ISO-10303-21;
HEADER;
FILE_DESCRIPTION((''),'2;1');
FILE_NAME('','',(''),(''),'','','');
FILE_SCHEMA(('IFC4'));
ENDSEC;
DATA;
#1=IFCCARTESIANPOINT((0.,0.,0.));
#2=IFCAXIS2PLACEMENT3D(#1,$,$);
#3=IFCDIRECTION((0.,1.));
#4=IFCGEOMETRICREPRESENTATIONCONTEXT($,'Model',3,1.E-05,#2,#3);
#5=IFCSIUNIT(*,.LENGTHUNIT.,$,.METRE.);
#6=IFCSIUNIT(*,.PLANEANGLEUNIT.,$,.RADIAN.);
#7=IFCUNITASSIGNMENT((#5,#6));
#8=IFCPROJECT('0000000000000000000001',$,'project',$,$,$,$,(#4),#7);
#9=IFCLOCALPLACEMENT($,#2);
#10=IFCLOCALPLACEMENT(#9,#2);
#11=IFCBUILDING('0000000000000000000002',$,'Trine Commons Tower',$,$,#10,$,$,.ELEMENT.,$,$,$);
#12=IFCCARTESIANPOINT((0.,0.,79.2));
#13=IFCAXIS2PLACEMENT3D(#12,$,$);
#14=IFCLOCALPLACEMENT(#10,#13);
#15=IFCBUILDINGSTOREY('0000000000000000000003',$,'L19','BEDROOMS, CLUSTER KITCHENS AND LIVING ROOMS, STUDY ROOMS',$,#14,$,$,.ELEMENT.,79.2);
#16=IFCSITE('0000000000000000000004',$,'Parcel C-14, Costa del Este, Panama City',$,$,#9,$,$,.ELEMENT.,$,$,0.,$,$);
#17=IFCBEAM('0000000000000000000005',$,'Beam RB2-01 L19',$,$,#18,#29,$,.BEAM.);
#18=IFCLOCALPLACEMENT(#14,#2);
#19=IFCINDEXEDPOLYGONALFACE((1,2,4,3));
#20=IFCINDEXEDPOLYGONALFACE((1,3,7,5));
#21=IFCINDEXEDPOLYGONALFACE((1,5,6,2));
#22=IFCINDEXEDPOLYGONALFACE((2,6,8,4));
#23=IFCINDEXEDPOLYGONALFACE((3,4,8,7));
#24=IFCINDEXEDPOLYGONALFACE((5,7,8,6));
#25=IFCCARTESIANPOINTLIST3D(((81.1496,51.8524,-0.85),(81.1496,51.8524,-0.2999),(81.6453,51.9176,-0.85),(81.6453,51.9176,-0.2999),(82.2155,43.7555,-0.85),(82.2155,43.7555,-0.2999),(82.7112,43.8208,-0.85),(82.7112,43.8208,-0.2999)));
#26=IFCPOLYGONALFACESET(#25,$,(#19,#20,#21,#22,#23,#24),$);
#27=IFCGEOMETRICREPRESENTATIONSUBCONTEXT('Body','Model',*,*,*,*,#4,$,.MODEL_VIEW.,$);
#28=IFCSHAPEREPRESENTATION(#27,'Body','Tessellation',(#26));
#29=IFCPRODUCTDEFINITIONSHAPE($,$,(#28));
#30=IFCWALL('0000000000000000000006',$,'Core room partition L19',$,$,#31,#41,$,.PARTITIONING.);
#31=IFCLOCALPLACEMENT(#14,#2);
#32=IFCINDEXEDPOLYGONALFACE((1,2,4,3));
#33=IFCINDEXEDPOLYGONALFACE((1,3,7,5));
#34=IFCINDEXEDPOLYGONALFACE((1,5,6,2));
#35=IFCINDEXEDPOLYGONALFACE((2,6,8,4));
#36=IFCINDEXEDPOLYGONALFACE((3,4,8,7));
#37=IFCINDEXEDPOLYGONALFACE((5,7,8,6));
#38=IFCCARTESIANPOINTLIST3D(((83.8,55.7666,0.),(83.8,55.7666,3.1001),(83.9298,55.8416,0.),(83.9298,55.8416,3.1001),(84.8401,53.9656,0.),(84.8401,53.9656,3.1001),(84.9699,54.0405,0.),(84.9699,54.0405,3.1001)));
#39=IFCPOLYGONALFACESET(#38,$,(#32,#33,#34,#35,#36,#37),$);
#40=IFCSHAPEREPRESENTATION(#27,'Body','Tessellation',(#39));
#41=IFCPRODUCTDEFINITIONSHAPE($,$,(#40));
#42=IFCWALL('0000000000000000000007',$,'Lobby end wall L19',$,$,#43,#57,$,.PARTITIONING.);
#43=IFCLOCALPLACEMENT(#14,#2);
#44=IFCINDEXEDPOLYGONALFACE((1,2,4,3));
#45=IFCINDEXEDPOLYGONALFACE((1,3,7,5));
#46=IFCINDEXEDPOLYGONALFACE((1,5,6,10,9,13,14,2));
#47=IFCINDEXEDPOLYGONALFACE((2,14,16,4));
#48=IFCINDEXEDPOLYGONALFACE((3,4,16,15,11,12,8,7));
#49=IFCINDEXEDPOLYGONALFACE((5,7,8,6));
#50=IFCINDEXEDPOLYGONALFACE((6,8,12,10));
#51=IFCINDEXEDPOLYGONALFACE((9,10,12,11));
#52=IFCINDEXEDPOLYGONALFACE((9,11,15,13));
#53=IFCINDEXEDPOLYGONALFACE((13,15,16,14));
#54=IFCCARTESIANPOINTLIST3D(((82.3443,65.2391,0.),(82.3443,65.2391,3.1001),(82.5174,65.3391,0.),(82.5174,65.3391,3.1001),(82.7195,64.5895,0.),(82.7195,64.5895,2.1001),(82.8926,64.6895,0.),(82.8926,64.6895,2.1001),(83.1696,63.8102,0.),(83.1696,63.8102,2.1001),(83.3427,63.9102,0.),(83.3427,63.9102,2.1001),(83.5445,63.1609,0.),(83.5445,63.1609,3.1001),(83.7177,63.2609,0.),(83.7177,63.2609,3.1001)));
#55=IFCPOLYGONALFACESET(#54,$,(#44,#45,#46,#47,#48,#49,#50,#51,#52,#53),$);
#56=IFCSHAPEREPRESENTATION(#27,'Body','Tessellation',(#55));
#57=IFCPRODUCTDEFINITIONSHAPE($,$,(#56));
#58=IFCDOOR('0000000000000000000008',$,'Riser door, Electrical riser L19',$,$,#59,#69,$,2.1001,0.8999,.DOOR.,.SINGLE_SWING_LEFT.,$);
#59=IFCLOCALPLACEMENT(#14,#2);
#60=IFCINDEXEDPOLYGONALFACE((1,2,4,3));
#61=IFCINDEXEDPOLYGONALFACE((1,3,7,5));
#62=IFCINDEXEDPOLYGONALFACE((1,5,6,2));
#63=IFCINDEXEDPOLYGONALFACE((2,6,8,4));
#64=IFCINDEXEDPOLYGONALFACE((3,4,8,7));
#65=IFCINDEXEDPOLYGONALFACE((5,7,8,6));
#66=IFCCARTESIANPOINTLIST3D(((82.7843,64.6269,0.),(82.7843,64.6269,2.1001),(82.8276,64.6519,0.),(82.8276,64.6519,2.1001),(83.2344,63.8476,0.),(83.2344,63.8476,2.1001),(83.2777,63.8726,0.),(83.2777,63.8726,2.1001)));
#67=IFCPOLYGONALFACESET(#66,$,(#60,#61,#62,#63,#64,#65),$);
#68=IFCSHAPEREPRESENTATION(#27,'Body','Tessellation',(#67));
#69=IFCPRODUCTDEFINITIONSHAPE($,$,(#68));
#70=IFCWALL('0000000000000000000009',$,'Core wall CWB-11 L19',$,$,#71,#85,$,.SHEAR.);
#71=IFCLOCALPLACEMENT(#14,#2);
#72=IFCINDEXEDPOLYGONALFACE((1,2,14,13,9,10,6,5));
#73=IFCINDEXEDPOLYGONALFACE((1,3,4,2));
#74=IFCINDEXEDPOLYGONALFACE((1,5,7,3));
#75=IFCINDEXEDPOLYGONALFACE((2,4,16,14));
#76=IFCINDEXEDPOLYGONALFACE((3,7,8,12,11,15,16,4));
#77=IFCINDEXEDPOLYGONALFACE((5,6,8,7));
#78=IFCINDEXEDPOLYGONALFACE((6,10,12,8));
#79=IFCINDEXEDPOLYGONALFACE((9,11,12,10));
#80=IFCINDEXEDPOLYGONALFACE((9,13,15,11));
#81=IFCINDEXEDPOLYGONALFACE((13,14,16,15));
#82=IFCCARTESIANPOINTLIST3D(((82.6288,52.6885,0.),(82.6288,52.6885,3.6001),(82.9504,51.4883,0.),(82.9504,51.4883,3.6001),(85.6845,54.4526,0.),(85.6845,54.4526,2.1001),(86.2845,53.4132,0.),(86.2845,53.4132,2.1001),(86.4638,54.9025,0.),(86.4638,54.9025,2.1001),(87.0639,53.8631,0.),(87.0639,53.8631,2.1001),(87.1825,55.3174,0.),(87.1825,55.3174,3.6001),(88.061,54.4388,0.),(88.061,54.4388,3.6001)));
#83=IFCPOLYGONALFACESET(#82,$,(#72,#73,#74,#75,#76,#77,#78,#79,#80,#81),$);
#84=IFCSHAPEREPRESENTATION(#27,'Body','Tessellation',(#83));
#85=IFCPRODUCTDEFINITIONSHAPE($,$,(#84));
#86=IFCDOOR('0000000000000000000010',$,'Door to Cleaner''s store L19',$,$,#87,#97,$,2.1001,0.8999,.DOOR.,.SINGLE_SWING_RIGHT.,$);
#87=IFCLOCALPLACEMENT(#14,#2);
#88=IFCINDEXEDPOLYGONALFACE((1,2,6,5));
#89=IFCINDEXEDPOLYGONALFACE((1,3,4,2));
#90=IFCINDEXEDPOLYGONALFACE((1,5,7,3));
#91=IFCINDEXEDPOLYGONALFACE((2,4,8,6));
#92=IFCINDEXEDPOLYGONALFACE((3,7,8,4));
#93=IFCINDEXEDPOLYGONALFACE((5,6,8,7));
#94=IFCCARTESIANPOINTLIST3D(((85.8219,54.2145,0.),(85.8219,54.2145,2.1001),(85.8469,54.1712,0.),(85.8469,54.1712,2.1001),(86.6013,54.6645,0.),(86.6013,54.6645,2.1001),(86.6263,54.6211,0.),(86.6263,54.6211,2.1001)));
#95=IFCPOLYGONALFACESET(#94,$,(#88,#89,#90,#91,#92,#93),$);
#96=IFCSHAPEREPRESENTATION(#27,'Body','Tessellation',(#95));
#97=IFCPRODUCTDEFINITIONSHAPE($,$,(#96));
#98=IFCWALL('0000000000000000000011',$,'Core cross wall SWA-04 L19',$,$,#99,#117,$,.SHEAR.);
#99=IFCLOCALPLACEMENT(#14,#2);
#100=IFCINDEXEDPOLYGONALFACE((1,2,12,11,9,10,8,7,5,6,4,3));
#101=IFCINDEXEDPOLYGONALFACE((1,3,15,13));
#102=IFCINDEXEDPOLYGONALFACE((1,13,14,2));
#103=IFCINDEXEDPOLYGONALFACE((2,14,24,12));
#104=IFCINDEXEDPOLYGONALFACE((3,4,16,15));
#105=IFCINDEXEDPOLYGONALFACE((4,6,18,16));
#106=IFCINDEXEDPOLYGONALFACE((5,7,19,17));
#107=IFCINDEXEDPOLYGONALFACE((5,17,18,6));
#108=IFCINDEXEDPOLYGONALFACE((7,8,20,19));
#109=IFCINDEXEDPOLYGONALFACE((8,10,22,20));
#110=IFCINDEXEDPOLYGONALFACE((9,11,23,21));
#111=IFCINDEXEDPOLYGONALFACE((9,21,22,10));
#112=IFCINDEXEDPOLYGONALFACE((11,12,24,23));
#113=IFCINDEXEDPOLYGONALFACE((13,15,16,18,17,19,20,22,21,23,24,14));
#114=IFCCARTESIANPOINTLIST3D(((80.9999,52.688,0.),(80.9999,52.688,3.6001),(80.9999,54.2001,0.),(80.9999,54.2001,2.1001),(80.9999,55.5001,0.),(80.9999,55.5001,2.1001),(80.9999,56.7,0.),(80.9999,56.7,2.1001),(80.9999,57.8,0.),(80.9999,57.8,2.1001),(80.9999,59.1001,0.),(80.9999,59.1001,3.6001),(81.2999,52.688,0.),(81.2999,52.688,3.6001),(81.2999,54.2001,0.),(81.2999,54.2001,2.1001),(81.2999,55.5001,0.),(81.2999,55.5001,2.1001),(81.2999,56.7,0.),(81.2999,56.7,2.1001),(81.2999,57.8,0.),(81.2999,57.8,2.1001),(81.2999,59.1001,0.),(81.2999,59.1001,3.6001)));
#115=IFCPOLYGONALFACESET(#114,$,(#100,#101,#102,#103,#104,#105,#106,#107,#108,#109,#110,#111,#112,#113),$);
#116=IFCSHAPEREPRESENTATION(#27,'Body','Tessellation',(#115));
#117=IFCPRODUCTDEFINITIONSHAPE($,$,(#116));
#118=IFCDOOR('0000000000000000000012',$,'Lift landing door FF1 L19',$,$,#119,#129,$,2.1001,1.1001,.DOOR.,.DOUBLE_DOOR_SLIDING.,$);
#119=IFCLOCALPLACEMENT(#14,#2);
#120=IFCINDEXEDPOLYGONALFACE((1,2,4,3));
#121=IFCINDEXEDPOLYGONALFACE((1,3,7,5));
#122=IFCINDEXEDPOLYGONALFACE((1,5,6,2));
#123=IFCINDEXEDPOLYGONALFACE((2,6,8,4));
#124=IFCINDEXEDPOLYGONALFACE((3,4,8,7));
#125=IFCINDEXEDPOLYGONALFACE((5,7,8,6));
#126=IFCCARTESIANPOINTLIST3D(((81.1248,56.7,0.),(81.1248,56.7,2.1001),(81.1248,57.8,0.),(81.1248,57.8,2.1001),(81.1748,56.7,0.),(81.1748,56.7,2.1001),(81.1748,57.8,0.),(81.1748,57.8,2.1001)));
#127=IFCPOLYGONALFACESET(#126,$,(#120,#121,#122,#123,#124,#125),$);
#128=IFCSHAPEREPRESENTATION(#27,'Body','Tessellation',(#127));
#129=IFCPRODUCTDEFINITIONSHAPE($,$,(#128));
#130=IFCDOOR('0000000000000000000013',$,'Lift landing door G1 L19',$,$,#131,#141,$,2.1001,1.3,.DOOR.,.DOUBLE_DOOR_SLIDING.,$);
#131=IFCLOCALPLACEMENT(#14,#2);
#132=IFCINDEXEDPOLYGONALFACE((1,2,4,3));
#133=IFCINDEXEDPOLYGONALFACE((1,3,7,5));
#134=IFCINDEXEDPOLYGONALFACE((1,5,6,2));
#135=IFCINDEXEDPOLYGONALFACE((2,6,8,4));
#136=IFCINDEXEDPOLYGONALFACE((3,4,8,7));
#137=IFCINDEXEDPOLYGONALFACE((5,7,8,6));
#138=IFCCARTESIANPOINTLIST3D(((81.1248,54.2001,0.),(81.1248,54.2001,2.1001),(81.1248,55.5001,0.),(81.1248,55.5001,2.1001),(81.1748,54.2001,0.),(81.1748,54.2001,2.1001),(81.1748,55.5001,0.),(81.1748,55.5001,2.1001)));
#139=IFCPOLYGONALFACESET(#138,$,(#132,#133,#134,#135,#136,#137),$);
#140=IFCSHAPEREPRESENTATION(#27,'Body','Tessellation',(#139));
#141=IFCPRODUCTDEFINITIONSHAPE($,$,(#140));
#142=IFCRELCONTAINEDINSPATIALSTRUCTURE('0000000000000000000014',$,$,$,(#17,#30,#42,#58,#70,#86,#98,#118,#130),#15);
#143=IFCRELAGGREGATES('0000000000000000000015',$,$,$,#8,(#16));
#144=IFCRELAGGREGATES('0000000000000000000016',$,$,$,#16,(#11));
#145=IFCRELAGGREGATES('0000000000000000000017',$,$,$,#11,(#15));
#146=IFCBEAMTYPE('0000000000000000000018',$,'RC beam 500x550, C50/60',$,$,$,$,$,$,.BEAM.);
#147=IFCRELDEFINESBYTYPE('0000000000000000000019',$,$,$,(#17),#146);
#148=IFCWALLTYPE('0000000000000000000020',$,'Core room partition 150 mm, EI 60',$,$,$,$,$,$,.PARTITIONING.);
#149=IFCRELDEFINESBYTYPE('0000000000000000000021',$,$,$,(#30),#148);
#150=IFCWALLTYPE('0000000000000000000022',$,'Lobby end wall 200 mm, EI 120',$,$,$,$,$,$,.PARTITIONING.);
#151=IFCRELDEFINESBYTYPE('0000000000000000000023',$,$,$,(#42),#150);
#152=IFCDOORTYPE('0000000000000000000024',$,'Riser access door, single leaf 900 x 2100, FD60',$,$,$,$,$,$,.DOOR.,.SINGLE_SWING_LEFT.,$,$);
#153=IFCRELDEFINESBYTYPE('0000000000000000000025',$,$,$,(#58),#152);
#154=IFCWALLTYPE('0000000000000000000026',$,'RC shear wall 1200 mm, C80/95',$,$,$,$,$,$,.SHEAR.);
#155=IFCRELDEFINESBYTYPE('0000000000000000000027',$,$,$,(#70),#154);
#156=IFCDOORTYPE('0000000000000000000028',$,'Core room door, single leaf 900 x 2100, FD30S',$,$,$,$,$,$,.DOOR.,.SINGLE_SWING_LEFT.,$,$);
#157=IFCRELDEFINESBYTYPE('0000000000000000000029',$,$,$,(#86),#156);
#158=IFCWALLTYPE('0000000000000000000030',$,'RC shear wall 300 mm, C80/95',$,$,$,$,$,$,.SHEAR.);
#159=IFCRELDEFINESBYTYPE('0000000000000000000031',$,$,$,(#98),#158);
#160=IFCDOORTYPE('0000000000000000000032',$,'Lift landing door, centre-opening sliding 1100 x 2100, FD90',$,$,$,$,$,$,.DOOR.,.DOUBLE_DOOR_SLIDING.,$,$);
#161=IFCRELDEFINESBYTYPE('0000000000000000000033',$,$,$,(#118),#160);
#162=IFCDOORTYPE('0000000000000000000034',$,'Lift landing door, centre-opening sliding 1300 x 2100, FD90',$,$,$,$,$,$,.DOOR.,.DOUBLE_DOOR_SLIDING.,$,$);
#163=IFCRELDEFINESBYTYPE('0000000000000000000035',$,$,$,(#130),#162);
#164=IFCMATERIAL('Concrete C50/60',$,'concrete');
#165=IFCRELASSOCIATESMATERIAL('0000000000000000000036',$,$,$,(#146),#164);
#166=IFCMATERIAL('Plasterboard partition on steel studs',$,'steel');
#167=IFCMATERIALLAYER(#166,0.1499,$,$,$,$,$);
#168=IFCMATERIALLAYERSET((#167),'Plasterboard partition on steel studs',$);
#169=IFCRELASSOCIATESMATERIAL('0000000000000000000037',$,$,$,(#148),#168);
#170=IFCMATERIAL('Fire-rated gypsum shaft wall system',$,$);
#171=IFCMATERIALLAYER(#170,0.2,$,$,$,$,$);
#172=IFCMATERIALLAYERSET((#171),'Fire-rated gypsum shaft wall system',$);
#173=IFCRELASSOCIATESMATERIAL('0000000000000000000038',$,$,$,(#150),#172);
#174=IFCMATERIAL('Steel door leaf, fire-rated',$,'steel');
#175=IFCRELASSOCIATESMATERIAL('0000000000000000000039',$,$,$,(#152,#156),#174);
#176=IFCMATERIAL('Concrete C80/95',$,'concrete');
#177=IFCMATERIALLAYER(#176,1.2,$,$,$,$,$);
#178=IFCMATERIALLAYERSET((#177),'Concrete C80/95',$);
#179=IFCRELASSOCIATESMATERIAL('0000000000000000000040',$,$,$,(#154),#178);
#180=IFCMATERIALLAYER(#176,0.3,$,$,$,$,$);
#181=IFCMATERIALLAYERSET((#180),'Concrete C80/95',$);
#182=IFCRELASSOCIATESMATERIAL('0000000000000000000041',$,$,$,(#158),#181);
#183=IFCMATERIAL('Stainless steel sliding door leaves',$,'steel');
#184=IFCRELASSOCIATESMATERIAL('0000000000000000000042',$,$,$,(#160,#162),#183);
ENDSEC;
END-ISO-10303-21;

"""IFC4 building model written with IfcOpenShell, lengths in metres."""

from ifc_helpers import new_model, si_unit, direction, frame, frame_2d, origin, origin_2d, place, context, subcontext, project, spatial, polyline, rectangle, outline, extrude, material, layer, layer_set, material_profile, profile_set, type_object, element, fill, save


model = new_model("IFC4")

# Units and contexts
model_context = context("Model", 3, precision=1e-05, world=origin(), true_north=direction((0.0, 1.0)))
body_context = subcontext(model_context, "Body", "Model", "MODEL_VIEW")
ifc_project = project(units=[si_unit("LENGTHUNIT", "METRE"), si_unit("PLANEANGLEUNIT", "RADIAN")], contexts=[model_context])

# Site, building, storey
site_placement = place(None, origin())
site = spatial("IfcSite", under=ifc_project, at=site_placement, Name="Parcel C-14, Costa del Este, Panama City", CompositionType="ELEMENT", RefElevation=0.0)
building_placement = place(site_placement, origin())
building = spatial("IfcBuilding", under=site, at=building_placement, Name="Trine Commons Tower", CompositionType="ELEMENT")
storey_placement = place(building_placement, frame((0.0, 0.0, 79.2)))
storey = spatial("IfcBuildingStorey", under=building, at=storey_placement, Name="L19", Description="BEDROOMS, CLUSTER KITCHENS AND LIVING ROOMS, STUDY ROOMS", CompositionType="ELEMENT", Elevation=79.2)

# Beam
ifc_material_1 = material(Name="Concrete C50/60", Category="concrete")
ifc_material_profile = material_profile(ifc_material_1, rectangle(XDim=0.5, YDim=0.55, at=origin_2d()), Name="RC 500x550")
ifc_profile_set = profile_set([ifc_material_profile], Name="Concrete C50/60")
beam_type = type_object("IfcBeamType", Name="RC beam 500x550, C50/60", PredefinedType="BEAM", material=ifc_profile_set)
beam_placement = place(storey_placement, frame((81.3975, 51.885, -0.575), z_axis=(0.130519, -0.991446, 0.0), x_axis=(0.991446, 0.130519, 0.0)))
element("IfcBeam", 1, at=beam_placement, inside=storey, type_object=beam_type, Name="Beam RB2-01 L19", PredefinedType="BEAM", context=body_context, shape_type="SweptSolid", body=[
    extrude(rectangle(XDim=0.5, YDim=0.55, at=origin_2d()), origin(), (0.0, 0.0, 1.0), 8.1667),
])

# Wall
ifc_material_2 = material(Name="Plasterboard partition on steel studs", Category="steel")
ifc_layer_1 = layer(ifc_material_2, 0.1499)
ifc_layer_set_1 = layer_set([ifc_layer_1], Name="Plasterboard partition on steel studs")
wall_type_1 = type_object("IfcWallType", Name="Core room partition 150 mm, EI 60", PredefinedType="PARTITIONING", material=ifc_layer_set_1)
wall_1_placement = place(storey_placement, frame((84.905, 54.0029, 0.0), z_axis=(0.0, 0.0, 1.0), x_axis=(-0.500078, 0.86598, 0.0)))
element("IfcWall", 2, at=wall_1_placement, inside=storey, type_object=wall_type_1, Name="Core room partition L19", PredefinedType="PARTITIONING", context=body_context, shape_type="SweptSolid", body=[
    extrude(rectangle(XDim=2.0798, YDim=0.1499, at=frame_2d((1.04, 0.0))), origin(), (0.0, 0.0, 1.0), 3.1001),
])

# Walls, openings, doors
ifc_material_3 = material(Name="Fire-rated gypsum shaft wall system")
ifc_layer_2 = layer(ifc_material_3, 0.2)
ifc_layer_set_2 = layer_set([ifc_layer_2], Name="Fire-rated gypsum shaft wall system")
wall_type_2 = type_object("IfcWallType", Name="Lobby end wall 200 mm, EI 120", PredefinedType="PARTITIONING", material=ifc_layer_set_2)
wall_2_placement = place(storey_placement, frame((83.6311, 63.2109, 0.0), z_axis=(0.0, 0.0, 1.0), x_axis=(-0.500122, 0.865955, 0.0)))
wall_2 = element("IfcWall", 3, at=wall_2_placement, inside=storey, type_object=wall_type_2, Name="Lobby end wall L19", PredefinedType="PARTITIONING", context=body_context, shape_type="SweptSolid", body=[
    extrude(rectangle(XDim=2.3999, YDim=0.2, at=frame_2d((1.2, 0.0))), origin(), (0.0, 0.0, 1.0), 3.1001),
])
opening_1_placement = place(wall_2_placement, frame((0.7498, 0.0, 0.0)))
opening_1 = element("IfcOpeningElement", 4, at=opening_1_placement, cuts=wall_2, PredefinedType="OPENING", context=body_context, shape_type="SweptSolid", body=[
    extrude(rectangle(XDim=0.8999, YDim=2.1001, at=frame_2d((0.45, 1.05))), frame((0.0, 0.1099, 0.0), z_axis=(0.0, -1.0, 0.0), x_axis=(1.0, 0.0, 0.0)), (0.0, 0.0, 1.0), 0.22),
])
ifc_material_4 = material(Name="Steel door leaf, fire-rated", Category="steel")
door_type_1 = type_object("IfcDoorType", Name="Riser access door, single leaf 900 x 2100, FD60", OperationType="SINGLE_SWING_LEFT", PredefinedType="DOOR", material=ifc_material_4)
door_1_placement = place(opening_1_placement, frame((0.8999, 0.0, 0.0), z_axis=(0.0, 0.0, 1.0), x_axis=(-1.0, 0.0, 0.0)))
door_1 = element("IfcDoor", 5, at=door_1_placement, inside=storey, type_object=door_type_1, Name="Riser door, Electrical riser L19", OperationType="SINGLE_SWING_LEFT", OverallHeight=2.1001, OverallWidth=0.8999, PredefinedType="DOOR", context=body_context, shape_type="SweptSolid", body=[
    extrude(rectangle(XDim=0.8999, YDim=2.1001, at=frame_2d((0.45, 1.05))), frame((0.0, 0.0249, 0.0), z_axis=(0.0, -1.0, 0.0), x_axis=(1.0, 0.0, 0.0)), (0.0, 0.0, 1.0), 0.05),
])
fill(opening_1, door_1)
ifc_material_5 = material(Name="Concrete C80/95", Category="concrete")
ifc_layer_3 = layer(ifc_material_5, 1.2)
ifc_layer_set_3 = layer_set([ifc_layer_3], Name="Concrete C80/95")
wall_type_3 = type_object("IfcWallType", Name="RC shear wall 1200 mm, C80/95", PredefinedType="SHEAR", material=ifc_layer_set_3)
wall_3_placement = place(storey_placement, frame((82.6504, 52.0081, 0.0), z_axis=(0.0, 0.0, 1.0), x_axis=(0.866037, 0.499979, 0.0)))
wall_3 = element("IfcWall", 6, at=wall_3_placement, inside=storey, type_object=wall_type_3, Name="Core wall CWB-11 L19", PredefinedType="SHEAR", context=body_context, shape_type="SweptSolid", body=[
    extrude(outline(polyline([(0.0, -0.6001), (5.9011, -0.6001), (5.5796, 0.6001), (0.3215, 0.6001), (0.0, -0.6001)])), origin(), (0.0, 0.0, 1.0), 3.6001),
])
opening_2_placement = place(wall_3_placement, frame((3.8499, 0.0, 0.0)))
opening_2 = element("IfcOpeningElement", 7, at=opening_2_placement, cuts=wall_3, PredefinedType="OPENING", context=body_context, shape_type="SweptSolid", body=[
    extrude(rectangle(XDim=0.8999, YDim=2.1001, at=frame_2d((0.45, 1.05))), frame((0.0, 0.6099, 0.0), z_axis=(0.0, -1.0, 0.0), x_axis=(1.0, 0.0, 0.0)), (0.0, 0.0, 1.0), 1.22),
])
door_type_2 = type_object("IfcDoorType", Name="Core room door, single leaf 900 x 2100, FD30S", OperationType="SINGLE_SWING_LEFT", PredefinedType="DOOR", material=ifc_material_4)
door_2_placement = place(opening_2_placement, origin())
door_2 = element("IfcDoor", 8, at=door_2_placement, inside=storey, type_object=door_type_2, Name="Door to Cleaner's store L19", OperationType="SINGLE_SWING_RIGHT", OverallHeight=2.1001, OverallWidth=0.8999, PredefinedType="DOOR", context=body_context, shape_type="SweptSolid", body=[
    extrude(rectangle(XDim=0.8999, YDim=2.1001, at=frame_2d((0.45, 1.05))), frame((0.0, 0.3252, 0.0), z_axis=(0.0, -1.0, 0.0), x_axis=(1.0, 0.0, 0.0)), (0.0, 0.0, 1.0), 0.05),
])
fill(opening_2, door_2)

# Wall, openings, doors
ifc_layer_4 = layer(ifc_material_5, 0.3)
ifc_layer_set_4 = layer_set([ifc_layer_4], Name="Concrete C80/95")
wall_type_4 = type_object("IfcWallType", Name="RC shear wall 300 mm, C80/95", PredefinedType="SHEAR", material=ifc_layer_set_4)
wall_4_placement = place(storey_placement, frame((81.1499, 59.1001, 0.0), z_axis=(0.0, 0.0, 1.0), x_axis=(0.0, -1.0, 0.0)))
wall_4 = element("IfcWall", 9, at=wall_4_placement, inside=storey, type_object=wall_type_4, Name="Core cross wall SWA-04 L19", PredefinedType="SHEAR", context=body_context, shape_type="SweptSolid", body=[
    extrude(rectangle(XDim=6.4121, YDim=0.3, at=frame_2d((3.2061, 0.0))), origin(), (0.0, 0.0, 1.0), 3.6001),
])
opening_3_placement = place(wall_4_placement, frame((3.6001, 0.0, 0.0)))
opening_3 = element("IfcOpeningElement", 10, at=opening_3_placement, cuts=wall_4, PredefinedType="OPENING", context=body_context, shape_type="SweptSolid", body=[
    extrude(rectangle(XDim=1.3, YDim=2.1001, at=frame_2d((0.6499, 1.05))), frame((0.0, 0.1599, 0.0), z_axis=(0.0, -1.0, 0.0), x_axis=(1.0, 0.0, 0.0)), (0.0, 0.0, 1.0), 0.3201),
])
opening_4_placement = place(wall_4_placement, frame((1.3, 0.0, 0.0)))
opening_4 = element("IfcOpeningElement", 11, at=opening_4_placement, cuts=wall_4, PredefinedType="OPENING", context=body_context, shape_type="SweptSolid", body=[
    extrude(rectangle(XDim=1.1001, YDim=2.1001, at=frame_2d((0.55, 1.05))), frame((0.0, 0.1599, 0.0), z_axis=(0.0, -1.0, 0.0), x_axis=(1.0, 0.0, 0.0)), (0.0, 0.0, 1.0), 0.3201),
])
ifc_material_6 = material(Name="Stainless steel sliding door leaves", Category="steel")
door_type_3 = type_object("IfcDoorType", Name="Lift landing door, centre-opening sliding 1100 x 2100, FD90", OperationType="DOUBLE_DOOR_SLIDING", PredefinedType="DOOR", material=ifc_material_6)
door_3_placement = place(opening_4_placement, origin())
door_3 = element("IfcDoor", 12, at=door_3_placement, inside=storey, type_object=door_type_3, Name="Lift landing door FF1 L19", OperationType="DOUBLE_DOOR_SLIDING", OverallHeight=2.1001, OverallWidth=1.1001, PredefinedType="DOOR", context=body_context, shape_type="SweptSolid", body=[
    extrude(rectangle(XDim=1.1001, YDim=2.1001, at=frame_2d((0.55, 1.05))), frame((0.0, 0.0249, 0.0), z_axis=(0.0, -1.0, 0.0), x_axis=(1.0, 0.0, 0.0)), (0.0, 0.0, 1.0), 0.05),
])
fill(opening_4, door_3)
door_type_4 = type_object("IfcDoorType", Name="Lift landing door, centre-opening sliding 1300 x 2100, FD90", OperationType="DOUBLE_DOOR_SLIDING", PredefinedType="DOOR", material=ifc_material_6)
door_4_placement = place(opening_3_placement, origin())
door_4 = element("IfcDoor", 13, at=door_4_placement, inside=storey, type_object=door_type_4, Name="Lift landing door G1 L19", OperationType="DOUBLE_DOOR_SLIDING", OverallHeight=2.1001, OverallWidth=1.3, PredefinedType="DOOR", context=body_context, shape_type="SweptSolid", body=[
    extrude(rectangle(XDim=1.3, YDim=2.1001, at=frame_2d((0.6499, 1.05))), frame((0.0, 0.0249, 0.0), z_axis=(0.0, -1.0, 0.0), x_axis=(1.0, 0.0, 0.0)), (0.0, 0.0, 1.0), 0.05),
])
fill(opening_3, door_4)

save(model, "model.ifc")
